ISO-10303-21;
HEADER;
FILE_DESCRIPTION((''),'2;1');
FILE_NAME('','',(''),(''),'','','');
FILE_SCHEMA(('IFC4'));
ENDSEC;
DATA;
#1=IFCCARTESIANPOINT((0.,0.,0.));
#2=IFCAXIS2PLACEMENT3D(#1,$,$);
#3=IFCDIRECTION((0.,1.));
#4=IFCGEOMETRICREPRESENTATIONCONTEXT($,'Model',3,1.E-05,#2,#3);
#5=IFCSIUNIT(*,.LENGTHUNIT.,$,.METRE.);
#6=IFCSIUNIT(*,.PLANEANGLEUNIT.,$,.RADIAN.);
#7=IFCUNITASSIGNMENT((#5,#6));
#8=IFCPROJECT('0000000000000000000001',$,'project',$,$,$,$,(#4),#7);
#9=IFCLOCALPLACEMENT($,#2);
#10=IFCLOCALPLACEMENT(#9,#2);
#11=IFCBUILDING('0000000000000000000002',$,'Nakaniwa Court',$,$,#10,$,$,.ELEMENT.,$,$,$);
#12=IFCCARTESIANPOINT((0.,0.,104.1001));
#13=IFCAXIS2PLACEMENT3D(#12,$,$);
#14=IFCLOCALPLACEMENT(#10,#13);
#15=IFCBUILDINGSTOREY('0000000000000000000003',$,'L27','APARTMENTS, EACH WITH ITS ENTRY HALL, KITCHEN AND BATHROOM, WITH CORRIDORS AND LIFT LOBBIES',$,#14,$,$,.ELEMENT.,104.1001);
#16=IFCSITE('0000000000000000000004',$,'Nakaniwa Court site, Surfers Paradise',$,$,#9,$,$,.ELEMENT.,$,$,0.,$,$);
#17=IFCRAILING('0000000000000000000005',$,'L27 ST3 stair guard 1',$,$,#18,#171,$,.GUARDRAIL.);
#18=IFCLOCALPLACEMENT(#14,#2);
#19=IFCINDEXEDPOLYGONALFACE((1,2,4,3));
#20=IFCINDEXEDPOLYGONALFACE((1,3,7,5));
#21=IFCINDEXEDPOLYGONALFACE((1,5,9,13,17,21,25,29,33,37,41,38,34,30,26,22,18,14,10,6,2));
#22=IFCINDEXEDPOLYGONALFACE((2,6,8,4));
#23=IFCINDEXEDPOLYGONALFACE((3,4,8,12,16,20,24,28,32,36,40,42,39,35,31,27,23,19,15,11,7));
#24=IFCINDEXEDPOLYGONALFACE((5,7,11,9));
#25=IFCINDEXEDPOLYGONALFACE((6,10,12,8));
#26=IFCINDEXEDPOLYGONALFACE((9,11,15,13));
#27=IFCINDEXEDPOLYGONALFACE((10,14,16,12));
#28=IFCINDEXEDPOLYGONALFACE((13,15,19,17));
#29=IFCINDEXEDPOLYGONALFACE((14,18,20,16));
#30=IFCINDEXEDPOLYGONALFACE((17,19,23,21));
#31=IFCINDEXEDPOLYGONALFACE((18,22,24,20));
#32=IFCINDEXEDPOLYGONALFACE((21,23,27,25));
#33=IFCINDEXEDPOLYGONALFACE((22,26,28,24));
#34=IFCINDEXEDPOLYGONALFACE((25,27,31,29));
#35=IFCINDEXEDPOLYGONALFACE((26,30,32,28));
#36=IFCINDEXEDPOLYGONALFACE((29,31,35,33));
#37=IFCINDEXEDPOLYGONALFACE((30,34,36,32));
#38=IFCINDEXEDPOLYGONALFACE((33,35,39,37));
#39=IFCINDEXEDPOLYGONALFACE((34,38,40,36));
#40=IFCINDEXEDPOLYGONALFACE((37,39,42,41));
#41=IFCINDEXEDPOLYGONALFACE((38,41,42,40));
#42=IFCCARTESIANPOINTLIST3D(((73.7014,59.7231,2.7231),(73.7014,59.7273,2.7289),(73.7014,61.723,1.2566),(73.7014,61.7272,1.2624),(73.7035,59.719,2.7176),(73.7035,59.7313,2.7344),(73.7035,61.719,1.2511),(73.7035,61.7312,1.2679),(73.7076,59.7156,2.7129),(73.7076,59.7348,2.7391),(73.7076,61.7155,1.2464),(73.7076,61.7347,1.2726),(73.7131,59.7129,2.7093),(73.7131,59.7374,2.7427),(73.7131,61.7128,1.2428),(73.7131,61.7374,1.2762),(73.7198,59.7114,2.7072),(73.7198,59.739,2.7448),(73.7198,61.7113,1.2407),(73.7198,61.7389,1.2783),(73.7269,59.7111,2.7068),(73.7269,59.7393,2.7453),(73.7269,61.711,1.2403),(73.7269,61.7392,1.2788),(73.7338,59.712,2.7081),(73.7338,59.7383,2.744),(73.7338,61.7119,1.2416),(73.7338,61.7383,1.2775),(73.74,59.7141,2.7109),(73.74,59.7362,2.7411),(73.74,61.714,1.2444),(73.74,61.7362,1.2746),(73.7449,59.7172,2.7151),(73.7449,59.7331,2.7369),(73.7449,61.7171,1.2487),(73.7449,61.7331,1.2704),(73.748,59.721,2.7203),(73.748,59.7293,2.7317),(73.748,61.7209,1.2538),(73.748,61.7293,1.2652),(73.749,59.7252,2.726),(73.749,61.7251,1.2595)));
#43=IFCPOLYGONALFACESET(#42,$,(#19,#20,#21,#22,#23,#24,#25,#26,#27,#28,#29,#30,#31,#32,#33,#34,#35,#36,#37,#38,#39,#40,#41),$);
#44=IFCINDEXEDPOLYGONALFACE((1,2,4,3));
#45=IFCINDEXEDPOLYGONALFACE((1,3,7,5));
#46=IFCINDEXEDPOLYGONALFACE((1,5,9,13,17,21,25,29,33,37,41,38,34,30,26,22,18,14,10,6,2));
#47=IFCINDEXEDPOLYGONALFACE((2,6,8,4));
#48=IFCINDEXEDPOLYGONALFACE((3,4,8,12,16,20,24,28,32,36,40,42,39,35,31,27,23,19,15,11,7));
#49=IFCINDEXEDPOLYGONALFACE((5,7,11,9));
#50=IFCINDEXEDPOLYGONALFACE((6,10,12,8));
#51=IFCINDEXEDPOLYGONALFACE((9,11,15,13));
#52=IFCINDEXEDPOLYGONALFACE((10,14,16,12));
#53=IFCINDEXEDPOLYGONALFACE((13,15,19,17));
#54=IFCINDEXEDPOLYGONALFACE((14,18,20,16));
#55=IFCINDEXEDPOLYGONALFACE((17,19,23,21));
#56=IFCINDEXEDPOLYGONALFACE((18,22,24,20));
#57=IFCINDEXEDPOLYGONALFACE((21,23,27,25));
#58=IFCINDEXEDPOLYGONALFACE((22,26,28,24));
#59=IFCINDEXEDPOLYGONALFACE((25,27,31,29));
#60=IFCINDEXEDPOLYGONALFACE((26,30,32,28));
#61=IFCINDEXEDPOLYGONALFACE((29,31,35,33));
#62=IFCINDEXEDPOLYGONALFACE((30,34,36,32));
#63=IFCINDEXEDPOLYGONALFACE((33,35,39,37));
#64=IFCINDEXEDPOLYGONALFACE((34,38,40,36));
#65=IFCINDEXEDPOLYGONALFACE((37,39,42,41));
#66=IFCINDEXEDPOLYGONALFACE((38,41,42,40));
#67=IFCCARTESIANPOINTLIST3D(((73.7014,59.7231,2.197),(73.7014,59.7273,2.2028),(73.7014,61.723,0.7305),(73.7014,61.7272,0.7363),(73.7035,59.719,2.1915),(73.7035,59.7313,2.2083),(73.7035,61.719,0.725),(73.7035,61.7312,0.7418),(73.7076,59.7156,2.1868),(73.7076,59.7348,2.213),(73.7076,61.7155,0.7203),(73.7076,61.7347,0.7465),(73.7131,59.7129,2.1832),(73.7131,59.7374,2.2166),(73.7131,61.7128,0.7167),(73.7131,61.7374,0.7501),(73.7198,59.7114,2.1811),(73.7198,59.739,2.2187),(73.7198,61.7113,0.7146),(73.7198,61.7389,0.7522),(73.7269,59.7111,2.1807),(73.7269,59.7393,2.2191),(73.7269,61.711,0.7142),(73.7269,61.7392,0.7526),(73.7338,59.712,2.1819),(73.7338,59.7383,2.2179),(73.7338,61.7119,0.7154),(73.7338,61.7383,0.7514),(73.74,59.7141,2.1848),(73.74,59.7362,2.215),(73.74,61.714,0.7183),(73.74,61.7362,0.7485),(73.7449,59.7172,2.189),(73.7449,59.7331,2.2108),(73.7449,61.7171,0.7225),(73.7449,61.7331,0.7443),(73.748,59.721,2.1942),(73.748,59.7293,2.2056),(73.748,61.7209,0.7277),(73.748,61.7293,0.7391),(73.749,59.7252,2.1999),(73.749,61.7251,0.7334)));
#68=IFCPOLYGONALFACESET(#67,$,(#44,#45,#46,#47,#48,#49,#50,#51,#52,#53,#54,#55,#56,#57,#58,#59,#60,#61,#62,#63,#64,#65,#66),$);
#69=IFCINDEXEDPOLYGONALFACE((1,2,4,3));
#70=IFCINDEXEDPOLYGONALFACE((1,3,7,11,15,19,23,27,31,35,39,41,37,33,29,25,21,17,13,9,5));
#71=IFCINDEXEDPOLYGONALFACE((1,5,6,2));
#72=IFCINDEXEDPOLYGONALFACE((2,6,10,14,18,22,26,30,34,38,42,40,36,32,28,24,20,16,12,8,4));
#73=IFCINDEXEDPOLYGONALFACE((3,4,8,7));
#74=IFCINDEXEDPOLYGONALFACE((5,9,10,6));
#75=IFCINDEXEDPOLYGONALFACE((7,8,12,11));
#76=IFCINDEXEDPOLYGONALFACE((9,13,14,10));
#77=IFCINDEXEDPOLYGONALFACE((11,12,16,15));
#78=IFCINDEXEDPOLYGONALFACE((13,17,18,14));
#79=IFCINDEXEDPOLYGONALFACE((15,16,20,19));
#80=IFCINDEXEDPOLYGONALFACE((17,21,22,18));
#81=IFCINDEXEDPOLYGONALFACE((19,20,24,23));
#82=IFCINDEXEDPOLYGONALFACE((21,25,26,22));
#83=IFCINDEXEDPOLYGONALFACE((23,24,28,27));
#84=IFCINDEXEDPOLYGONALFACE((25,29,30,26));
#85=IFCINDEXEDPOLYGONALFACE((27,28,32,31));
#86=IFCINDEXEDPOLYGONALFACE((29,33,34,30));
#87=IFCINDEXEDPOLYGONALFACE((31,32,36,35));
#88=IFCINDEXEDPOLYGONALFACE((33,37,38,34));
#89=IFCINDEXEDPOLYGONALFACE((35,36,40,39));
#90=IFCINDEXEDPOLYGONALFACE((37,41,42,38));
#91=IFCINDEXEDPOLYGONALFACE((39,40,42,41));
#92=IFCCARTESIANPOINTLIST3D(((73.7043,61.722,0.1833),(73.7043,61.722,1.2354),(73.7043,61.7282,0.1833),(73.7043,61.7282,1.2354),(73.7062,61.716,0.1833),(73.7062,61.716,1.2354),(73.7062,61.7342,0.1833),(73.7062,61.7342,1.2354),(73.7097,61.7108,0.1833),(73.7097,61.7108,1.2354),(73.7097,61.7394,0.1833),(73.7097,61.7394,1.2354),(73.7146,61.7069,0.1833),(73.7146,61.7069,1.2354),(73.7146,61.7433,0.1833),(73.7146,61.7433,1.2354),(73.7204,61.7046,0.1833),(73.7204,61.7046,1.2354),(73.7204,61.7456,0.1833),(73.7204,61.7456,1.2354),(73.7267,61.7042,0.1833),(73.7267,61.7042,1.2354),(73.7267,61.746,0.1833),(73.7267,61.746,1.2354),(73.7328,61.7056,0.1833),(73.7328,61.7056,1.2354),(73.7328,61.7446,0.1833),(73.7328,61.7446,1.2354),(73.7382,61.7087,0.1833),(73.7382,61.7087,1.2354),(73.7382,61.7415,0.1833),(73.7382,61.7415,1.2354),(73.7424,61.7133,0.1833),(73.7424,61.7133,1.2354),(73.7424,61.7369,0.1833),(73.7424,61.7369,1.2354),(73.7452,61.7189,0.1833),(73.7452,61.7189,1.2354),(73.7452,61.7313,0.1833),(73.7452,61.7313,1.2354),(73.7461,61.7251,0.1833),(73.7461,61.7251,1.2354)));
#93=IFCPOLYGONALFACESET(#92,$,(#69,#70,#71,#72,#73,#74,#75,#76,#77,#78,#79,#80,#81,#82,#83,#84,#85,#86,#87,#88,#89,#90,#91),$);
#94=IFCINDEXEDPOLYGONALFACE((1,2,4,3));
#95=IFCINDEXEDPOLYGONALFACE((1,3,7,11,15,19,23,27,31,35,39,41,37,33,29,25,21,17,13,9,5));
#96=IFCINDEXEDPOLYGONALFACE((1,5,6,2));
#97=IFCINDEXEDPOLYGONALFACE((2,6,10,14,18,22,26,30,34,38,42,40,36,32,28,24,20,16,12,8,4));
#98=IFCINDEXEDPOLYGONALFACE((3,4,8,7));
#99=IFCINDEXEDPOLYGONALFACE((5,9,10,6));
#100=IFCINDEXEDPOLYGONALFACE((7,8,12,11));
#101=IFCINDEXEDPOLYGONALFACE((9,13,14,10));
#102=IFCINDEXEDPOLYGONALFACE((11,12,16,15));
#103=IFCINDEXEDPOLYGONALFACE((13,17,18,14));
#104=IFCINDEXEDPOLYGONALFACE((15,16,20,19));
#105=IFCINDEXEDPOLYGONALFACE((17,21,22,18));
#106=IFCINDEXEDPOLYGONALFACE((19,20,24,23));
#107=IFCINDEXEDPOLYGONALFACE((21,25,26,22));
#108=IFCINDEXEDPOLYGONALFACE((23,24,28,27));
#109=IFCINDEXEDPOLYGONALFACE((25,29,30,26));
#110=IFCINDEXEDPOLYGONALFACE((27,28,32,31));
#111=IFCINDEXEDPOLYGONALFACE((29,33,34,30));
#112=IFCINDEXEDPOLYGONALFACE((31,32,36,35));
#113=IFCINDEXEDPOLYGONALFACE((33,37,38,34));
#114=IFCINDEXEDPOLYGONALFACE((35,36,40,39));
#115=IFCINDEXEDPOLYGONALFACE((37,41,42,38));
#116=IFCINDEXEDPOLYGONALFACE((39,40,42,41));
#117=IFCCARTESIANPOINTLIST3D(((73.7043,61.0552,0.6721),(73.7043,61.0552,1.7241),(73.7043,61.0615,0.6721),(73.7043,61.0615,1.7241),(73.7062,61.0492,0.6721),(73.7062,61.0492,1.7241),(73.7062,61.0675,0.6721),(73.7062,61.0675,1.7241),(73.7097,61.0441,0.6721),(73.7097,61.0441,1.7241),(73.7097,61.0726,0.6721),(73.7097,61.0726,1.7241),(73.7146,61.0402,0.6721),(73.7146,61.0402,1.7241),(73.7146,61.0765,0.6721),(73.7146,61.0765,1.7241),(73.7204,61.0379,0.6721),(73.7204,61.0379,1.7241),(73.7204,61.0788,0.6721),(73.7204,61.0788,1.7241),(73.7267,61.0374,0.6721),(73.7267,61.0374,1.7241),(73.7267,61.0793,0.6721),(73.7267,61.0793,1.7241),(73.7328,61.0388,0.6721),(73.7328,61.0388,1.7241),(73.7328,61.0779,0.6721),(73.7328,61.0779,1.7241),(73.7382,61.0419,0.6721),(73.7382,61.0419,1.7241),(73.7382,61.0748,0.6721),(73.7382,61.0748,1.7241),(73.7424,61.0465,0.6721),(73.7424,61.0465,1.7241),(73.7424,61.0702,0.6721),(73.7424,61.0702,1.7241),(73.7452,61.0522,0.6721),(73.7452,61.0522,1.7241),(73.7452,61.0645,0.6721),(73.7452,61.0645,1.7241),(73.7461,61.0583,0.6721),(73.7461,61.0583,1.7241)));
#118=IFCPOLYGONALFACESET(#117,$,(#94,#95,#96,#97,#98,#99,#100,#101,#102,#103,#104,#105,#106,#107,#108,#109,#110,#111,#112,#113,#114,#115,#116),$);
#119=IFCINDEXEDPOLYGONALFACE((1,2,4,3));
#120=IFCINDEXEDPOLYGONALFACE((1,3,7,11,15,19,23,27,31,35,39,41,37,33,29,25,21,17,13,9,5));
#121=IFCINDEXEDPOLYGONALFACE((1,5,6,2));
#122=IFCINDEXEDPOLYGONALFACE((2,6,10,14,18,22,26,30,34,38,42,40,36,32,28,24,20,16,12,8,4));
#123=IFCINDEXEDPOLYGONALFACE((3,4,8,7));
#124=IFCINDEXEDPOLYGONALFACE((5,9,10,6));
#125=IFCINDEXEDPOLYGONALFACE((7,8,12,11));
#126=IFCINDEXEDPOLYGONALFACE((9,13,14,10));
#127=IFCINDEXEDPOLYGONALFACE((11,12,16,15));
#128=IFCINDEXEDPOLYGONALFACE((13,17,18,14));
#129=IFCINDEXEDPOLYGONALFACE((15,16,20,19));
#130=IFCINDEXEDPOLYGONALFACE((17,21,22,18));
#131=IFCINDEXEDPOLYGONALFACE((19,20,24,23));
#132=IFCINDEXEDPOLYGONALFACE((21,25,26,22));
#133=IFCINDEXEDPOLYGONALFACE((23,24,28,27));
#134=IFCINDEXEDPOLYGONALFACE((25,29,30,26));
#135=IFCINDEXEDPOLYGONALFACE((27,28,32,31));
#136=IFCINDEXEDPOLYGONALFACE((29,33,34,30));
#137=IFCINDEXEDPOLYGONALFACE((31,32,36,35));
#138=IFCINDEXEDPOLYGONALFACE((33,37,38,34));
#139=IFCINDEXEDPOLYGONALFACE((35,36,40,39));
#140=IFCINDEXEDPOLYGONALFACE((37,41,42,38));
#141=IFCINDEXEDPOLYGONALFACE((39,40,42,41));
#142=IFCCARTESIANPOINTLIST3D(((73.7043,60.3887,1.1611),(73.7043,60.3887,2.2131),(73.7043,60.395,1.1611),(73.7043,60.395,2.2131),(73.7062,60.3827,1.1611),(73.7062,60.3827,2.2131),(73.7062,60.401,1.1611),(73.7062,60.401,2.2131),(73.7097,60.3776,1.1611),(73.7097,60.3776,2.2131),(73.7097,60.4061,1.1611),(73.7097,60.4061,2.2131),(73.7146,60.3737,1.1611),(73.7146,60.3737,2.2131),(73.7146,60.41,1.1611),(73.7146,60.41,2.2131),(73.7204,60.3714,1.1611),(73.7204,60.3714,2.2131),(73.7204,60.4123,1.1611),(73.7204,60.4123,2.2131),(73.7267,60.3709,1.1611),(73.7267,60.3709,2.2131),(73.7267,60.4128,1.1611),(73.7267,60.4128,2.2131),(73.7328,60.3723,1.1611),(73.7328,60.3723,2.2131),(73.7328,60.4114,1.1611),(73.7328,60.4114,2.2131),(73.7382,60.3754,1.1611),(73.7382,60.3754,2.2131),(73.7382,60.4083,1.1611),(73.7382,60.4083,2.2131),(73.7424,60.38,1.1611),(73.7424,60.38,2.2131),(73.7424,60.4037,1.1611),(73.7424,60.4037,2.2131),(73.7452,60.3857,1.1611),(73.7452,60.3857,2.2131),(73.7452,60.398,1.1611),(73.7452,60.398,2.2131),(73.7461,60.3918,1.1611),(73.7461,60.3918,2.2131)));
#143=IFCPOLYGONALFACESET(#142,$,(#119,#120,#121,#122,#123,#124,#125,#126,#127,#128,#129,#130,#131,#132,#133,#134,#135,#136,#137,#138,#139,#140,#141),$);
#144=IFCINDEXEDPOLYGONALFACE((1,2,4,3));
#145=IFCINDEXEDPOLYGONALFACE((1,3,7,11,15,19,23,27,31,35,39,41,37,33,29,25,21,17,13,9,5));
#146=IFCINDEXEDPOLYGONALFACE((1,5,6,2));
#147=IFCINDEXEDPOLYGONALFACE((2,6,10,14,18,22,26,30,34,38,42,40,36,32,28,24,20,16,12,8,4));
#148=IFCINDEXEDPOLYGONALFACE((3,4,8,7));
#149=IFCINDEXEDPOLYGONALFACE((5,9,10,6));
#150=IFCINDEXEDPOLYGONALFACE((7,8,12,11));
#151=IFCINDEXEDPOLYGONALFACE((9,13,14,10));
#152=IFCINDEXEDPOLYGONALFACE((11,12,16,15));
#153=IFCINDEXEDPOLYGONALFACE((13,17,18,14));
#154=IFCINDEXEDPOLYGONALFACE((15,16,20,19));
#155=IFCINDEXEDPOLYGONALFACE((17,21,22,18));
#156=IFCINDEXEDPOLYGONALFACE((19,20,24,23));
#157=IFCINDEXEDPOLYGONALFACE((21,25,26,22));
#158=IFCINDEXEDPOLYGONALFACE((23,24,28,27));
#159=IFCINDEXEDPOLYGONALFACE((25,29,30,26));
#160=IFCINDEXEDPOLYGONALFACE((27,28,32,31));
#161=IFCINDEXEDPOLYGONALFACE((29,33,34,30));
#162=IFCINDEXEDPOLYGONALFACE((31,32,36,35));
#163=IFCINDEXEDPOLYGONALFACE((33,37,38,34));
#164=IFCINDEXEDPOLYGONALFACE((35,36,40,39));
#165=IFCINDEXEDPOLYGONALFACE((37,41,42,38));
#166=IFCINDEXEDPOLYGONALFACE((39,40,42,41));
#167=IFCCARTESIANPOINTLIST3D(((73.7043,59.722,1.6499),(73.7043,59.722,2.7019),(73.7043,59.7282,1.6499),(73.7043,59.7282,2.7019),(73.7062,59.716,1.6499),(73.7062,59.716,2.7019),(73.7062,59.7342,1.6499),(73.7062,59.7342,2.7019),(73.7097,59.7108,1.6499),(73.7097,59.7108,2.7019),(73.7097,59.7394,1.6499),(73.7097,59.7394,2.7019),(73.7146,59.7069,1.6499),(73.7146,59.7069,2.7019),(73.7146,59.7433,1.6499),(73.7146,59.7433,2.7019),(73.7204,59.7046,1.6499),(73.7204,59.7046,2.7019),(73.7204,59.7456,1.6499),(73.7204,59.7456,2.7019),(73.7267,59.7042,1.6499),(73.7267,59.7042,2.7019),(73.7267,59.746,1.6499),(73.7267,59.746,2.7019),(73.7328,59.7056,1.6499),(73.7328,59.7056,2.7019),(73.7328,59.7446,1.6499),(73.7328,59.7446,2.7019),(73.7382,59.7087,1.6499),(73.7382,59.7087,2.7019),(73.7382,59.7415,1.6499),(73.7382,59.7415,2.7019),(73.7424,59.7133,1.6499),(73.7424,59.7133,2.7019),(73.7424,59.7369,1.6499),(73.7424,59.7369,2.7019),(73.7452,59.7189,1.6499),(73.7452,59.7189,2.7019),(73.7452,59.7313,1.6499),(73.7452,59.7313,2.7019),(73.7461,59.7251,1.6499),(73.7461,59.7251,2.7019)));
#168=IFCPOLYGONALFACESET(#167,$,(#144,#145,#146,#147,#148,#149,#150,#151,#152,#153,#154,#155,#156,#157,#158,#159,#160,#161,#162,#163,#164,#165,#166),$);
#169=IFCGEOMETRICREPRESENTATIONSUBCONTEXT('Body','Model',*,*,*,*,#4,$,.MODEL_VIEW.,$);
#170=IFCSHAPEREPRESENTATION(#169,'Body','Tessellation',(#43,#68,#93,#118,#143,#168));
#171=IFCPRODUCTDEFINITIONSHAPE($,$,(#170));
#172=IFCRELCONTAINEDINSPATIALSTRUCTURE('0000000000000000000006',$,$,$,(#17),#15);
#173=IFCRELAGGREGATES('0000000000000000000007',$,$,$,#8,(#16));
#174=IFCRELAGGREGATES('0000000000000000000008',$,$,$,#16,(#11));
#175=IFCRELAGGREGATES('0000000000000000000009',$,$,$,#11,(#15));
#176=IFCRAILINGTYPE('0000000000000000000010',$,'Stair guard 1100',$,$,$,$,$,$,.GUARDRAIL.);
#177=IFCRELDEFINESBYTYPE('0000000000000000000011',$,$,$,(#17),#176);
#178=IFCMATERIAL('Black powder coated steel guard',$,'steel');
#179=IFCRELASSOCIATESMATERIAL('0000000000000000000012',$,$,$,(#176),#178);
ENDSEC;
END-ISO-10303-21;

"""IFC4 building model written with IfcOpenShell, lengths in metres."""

from ifc_helpers import new_model, si_unit, direction, frame, origin, origin_2d, place, context, subcontext, project, spatial, circle, extrude, material, type_object, element, save


model = new_model("IFC4")

# Units and contexts
model_context = context("Model", 3, precision=1e-05, world=origin(), true_north=direction((0.0, 1.0)))
body_context = subcontext(model_context, "Body", "Model", "MODEL_VIEW")
ifc_project = project(units=[si_unit("LENGTHUNIT", "METRE"), si_unit("PLANEANGLEUNIT", "RADIAN")], contexts=[model_context])

# Site, building, storey
site_placement = place(None, origin())
site = spatial("IfcSite", under=ifc_project, at=site_placement, Name="Nakaniwa Court site, Surfers Paradise", CompositionType="ELEMENT", RefElevation=0.0)
building_placement = place(site_placement, origin())
building = spatial("IfcBuilding", under=site, at=building_placement, Name="Nakaniwa Court", CompositionType="ELEMENT")
storey_placement = place(building_placement, frame((0.0, 0.0, 104.1001)))
storey = spatial("IfcBuildingStorey", under=building, at=storey_placement, Name="L27", Description="APARTMENTS, EACH WITH ITS ENTRY HALL, KITCHEN AND BATHROOM, WITH CORRIDORS AND LIFT LOBBIES", CompositionType="ELEMENT", Elevation=104.1001)

# Railing
ifc_material_1 = material(Name="Black powder coated steel guard", Category="steel")
railing_type_1 = type_object("IfcRailingType", Name="Stair guard 1100", PredefinedType="GUARDRAIL", material=ifc_material_1)
railing_1_placement = place(storey_placement, frame((73.7251, 61.7251, 0.1833)))
element("IfcRailing", 1, at=railing_1_placement, inside=storey, type_object=railing_type_1, Name="L27 ST3 stair guard 1", PredefinedType="GUARDRAIL", context=body_context, shape_type="SweptSolid", body=[
    extrude(circle(Radius=0.0239, at=origin_2d()), frame((0.0, 0.0, 1.0762), z_axis=(0.0, -0.806427, 0.591334), x_axis=(1.0, 0.0, 0.0)), (0.0, 0.0, 1.0), 2.48),
    extrude(circle(Radius=0.0239, at=origin_2d()), frame((0.0, 0.0, 0.55), z_axis=(0.0, -0.806427, 0.591334), x_axis=(1.0, 0.0, 0.0)), (0.0, 0.0, 1.0), 2.48),
    extrude(circle(Radius=0.021, at=origin_2d()), origin(), (0.0, 0.0, 1.0), 1.052),
    extrude(circle(Radius=0.021, at=origin_2d()), frame((0.0, -0.6667, 0.4888)), (0.0, 0.0, 1.0), 1.052),
    extrude(circle(Radius=0.021, at=origin_2d()), frame((0.0, -1.3333, 0.9778)), (0.0, 0.0, 1.0), 1.052),
    extrude(circle(Radius=0.021, at=origin_2d()), frame((0.0, -2.0, 1.4666)), (0.0, 0.0, 1.0), 1.052),
])

save(model, "model.ifc")
